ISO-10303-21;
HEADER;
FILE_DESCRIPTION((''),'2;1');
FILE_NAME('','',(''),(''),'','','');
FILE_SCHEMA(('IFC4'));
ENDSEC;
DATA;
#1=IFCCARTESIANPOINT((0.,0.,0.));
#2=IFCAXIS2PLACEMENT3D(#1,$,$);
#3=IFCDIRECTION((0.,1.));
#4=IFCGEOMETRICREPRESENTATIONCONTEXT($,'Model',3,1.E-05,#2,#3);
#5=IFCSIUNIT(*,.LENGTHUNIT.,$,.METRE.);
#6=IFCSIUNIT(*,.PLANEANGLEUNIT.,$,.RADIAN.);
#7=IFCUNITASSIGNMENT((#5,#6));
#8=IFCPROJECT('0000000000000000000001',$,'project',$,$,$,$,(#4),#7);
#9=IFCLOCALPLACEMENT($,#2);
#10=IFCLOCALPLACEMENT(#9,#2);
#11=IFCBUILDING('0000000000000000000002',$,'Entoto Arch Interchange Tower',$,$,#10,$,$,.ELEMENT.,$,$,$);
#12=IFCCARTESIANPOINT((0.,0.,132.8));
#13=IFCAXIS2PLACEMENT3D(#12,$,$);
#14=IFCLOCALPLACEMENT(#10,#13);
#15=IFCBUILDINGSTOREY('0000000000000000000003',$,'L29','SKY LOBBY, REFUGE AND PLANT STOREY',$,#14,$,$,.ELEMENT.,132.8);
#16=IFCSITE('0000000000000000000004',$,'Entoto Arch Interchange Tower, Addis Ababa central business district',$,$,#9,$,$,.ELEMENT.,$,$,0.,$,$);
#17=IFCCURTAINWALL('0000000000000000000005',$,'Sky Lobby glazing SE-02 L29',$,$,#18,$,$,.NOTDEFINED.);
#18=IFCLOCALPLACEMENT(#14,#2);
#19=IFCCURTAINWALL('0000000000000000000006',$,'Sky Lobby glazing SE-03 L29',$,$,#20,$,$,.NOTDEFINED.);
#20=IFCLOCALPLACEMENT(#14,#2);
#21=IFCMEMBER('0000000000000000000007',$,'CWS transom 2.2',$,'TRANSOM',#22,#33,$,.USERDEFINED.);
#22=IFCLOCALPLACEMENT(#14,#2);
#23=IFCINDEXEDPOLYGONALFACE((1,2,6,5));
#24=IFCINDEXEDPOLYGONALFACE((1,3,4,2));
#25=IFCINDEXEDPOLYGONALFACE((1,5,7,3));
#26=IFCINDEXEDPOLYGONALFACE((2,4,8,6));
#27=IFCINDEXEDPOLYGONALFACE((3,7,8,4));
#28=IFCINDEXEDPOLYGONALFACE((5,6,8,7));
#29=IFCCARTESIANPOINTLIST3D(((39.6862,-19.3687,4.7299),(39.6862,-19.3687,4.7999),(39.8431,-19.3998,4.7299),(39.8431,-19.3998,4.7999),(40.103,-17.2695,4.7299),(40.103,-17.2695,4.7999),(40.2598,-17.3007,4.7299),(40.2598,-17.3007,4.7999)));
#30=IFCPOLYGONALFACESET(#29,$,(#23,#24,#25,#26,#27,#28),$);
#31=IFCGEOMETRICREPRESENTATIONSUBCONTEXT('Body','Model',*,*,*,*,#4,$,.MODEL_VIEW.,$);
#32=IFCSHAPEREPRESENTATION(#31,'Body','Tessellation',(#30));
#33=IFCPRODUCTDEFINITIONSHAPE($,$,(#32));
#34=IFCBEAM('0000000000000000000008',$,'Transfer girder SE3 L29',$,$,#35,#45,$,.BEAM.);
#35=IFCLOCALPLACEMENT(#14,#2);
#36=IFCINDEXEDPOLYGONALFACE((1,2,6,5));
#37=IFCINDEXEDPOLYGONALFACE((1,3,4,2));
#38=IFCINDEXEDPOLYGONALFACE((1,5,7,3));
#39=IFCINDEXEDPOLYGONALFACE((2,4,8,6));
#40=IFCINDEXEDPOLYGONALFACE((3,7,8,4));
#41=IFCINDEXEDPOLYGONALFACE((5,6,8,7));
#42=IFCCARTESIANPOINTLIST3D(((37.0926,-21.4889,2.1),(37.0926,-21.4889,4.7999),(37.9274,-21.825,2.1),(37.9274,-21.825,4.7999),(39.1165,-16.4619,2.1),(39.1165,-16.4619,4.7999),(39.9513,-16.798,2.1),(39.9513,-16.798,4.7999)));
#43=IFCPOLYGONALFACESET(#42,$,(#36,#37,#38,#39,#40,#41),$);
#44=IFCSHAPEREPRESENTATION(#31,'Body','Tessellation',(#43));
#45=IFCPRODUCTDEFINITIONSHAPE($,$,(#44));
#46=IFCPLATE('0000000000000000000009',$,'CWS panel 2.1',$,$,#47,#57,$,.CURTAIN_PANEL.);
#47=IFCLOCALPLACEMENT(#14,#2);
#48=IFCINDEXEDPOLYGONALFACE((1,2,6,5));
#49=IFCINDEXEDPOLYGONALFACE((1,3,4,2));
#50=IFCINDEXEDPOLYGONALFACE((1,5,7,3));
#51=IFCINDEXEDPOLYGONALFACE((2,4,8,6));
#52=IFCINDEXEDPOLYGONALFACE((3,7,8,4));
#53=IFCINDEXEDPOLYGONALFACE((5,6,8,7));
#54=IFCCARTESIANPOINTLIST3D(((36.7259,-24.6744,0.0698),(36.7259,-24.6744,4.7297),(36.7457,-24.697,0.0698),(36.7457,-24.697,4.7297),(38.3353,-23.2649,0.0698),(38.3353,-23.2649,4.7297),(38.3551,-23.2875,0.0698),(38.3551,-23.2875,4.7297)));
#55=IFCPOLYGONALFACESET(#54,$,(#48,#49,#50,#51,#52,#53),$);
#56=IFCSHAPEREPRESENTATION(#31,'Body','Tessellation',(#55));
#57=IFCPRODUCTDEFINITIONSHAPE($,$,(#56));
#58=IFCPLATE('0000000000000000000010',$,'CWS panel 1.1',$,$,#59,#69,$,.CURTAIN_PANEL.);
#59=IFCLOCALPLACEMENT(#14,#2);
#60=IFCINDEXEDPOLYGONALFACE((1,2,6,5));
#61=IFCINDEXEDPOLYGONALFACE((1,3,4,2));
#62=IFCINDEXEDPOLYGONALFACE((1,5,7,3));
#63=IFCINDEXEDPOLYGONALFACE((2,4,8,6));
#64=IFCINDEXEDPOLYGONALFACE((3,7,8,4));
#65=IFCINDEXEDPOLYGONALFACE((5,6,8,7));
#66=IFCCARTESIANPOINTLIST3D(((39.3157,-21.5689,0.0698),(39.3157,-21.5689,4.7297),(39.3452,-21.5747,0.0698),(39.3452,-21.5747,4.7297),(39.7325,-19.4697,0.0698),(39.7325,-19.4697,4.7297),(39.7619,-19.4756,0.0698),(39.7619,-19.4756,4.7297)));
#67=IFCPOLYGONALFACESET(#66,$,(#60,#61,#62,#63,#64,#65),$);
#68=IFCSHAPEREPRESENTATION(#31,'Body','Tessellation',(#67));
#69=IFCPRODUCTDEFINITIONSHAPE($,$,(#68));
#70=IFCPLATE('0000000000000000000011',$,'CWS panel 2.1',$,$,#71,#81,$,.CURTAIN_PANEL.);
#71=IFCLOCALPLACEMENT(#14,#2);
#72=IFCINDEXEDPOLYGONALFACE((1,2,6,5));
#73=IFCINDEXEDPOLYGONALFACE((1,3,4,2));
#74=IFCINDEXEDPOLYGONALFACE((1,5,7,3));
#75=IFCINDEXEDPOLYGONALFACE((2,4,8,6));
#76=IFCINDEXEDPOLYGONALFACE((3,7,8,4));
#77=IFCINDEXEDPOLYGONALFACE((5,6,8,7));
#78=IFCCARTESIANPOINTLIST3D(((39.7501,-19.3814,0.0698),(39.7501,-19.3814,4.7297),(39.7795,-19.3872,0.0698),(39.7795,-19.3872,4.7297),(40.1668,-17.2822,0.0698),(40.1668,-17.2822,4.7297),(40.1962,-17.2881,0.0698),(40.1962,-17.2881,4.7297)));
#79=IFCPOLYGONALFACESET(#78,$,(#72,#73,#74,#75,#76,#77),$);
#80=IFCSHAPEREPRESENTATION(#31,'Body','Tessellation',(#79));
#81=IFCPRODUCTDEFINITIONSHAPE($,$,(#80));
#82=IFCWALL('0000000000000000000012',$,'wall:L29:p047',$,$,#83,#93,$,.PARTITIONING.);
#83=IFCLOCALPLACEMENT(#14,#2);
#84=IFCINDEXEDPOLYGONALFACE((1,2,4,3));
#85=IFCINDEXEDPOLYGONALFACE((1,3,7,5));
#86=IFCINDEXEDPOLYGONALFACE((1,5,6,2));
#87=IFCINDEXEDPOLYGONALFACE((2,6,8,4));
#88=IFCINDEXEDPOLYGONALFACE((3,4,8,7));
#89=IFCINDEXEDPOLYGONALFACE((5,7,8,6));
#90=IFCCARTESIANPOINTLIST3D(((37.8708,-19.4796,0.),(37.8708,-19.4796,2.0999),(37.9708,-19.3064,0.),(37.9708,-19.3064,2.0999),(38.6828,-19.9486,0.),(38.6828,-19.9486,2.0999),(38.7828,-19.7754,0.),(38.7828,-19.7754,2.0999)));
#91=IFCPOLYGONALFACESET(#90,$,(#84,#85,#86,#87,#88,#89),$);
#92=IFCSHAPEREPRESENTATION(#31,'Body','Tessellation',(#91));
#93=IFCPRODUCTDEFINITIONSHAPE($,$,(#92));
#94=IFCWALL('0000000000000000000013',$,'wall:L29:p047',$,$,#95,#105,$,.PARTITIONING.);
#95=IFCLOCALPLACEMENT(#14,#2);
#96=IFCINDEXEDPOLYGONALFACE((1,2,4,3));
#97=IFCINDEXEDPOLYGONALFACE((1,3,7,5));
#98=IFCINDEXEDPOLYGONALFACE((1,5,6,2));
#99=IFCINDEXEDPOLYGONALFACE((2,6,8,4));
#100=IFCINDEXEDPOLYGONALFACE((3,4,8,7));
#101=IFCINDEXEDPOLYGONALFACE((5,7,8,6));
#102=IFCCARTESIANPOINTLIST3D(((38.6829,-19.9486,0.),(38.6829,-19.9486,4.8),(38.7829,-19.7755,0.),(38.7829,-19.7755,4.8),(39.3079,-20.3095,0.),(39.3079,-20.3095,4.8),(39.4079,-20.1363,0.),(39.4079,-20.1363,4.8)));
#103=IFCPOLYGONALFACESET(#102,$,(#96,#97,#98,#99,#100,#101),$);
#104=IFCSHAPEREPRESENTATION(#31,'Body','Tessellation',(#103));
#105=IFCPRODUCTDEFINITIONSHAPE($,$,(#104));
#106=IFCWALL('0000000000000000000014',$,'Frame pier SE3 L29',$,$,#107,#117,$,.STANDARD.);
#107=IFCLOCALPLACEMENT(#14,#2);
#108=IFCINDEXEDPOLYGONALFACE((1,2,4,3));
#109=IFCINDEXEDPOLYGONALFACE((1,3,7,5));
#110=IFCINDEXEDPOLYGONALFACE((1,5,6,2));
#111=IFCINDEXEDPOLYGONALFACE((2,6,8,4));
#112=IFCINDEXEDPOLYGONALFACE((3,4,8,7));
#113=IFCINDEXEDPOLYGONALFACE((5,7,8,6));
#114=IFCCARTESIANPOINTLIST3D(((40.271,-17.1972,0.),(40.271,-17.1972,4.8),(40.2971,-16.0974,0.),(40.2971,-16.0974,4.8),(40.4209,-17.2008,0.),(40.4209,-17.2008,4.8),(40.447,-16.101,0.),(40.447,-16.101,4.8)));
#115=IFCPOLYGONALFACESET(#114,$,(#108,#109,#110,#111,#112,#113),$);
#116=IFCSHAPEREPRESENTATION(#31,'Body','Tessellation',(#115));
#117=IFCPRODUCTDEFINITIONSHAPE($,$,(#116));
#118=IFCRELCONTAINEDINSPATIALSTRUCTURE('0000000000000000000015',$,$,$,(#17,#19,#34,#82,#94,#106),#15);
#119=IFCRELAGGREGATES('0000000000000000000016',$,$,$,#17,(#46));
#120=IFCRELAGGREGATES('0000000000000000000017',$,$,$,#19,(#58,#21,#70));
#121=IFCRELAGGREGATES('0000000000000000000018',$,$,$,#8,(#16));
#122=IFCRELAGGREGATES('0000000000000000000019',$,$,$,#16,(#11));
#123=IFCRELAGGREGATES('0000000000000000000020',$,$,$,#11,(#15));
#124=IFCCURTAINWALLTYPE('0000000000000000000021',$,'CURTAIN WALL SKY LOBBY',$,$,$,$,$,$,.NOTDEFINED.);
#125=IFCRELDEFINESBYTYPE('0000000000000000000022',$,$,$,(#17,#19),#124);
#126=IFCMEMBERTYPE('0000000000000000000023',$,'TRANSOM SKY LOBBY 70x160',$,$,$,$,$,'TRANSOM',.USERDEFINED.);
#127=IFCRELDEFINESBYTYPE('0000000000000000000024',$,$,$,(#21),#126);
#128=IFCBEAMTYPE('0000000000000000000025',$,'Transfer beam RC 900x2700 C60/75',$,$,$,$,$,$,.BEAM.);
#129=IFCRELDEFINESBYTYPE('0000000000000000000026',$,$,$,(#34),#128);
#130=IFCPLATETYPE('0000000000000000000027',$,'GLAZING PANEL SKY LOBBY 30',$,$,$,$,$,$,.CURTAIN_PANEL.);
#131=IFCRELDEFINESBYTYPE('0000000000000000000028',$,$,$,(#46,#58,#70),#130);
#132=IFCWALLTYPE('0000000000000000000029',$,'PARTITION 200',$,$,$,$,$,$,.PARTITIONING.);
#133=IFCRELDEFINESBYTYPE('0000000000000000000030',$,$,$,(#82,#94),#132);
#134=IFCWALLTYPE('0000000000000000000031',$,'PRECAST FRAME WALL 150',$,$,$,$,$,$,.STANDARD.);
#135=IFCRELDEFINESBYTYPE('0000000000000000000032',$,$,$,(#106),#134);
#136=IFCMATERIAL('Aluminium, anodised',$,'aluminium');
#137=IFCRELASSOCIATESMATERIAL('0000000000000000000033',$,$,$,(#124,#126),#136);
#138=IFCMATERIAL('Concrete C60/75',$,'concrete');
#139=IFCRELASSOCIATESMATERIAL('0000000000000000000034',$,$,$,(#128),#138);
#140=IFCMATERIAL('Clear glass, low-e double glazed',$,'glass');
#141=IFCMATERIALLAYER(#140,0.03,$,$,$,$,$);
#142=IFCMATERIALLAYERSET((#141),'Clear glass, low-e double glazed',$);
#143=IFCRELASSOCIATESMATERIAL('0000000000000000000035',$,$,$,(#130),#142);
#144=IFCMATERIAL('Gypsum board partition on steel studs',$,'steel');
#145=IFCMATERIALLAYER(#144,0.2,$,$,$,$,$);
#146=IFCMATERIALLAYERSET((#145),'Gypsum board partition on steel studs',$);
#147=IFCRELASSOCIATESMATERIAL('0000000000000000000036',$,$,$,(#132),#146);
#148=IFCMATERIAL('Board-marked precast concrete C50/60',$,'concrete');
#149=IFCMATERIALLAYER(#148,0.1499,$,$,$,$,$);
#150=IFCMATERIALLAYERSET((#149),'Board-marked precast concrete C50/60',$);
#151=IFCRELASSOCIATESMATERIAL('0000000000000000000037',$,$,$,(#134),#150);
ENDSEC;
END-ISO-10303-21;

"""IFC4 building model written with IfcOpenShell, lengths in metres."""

from ifc_helpers import new_model, si_unit, direction, frame, frame_2d, origin, origin_2d, place, context, subcontext, project, spatial, rectangle, extrude, material, layer, layer_set, material_profile, profile_set, type_object, element, aggregate, save


model = new_model("IFC4")

# Units and contexts
model_context = context("Model", 3, precision=1e-05, world=origin(), true_north=direction((0.0, 1.0)))
body_context = subcontext(model_context, "Body", "Model", "MODEL_VIEW")
ifc_project = project(units=[si_unit("LENGTHUNIT", "METRE"), si_unit("PLANEANGLEUNIT", "RADIAN")], contexts=[model_context])

# Site, building, storey
site_placement = place(None, origin())
site = spatial("IfcSite", under=ifc_project, at=site_placement, Name="Entoto Arch Interchange Tower, Addis Ababa central business district", CompositionType="ELEMENT", RefElevation=0.0)
building_placement = place(site_placement, origin())
building = spatial("IfcBuilding", under=site, at=building_placement, Name="Entoto Arch Interchange Tower", CompositionType="ELEMENT")
storey_placement = place(building_placement, frame((0.0, 0.0, 132.8)))
storey = spatial("IfcBuildingStorey", under=building, at=storey_placement, Name="L29", Description="SKY LOBBY, REFUGE AND PLANT STOREY", CompositionType="ELEMENT", Elevation=132.8)

# Shared definitions
ifc_material_1 = material(Name="Concrete C60/75", Category="concrete")

# Curtain wall
ifc_material_2 = material(Name="Aluminium, anodised", Category="aluminium")
curtain_wall_type = type_object("IfcCurtainWallType", Name="CURTAIN WALL SKY LOBBY", PredefinedType="NOTDEFINED", material=ifc_material_2)
curtain_wall_1_placement = place(storey_placement, origin())
curtain_wall_1 = element("IfcCurtainWall", 1, at=curtain_wall_1_placement, inside=storey, type_object=curtain_wall_type, Name="Sky Lobby glazing SE-02 L29", PredefinedType="NOTDEFINED")

# Curtain wall
curtain_wall_2_placement = place(storey_placement, origin())
curtain_wall_2 = element("IfcCurtainWall", 2, at=curtain_wall_2_placement, inside=storey, type_object=curtain_wall_type, Name="Sky Lobby glazing SE-03 L29", PredefinedType="NOTDEFINED")

# Member
ifc_material_profile_1 = material_profile(ifc_material_2, rectangle(XDim=0.1599, YDim=0.0701, at=origin_2d()))
ifc_profile_set_1 = profile_set([ifc_material_profile_1], Name="Aluminium, anodised")
member_type_1 = type_object("IfcMemberType", Name="TRANSOM SKY LOBBY 70x160", ElementType="TRANSOM", PredefinedType="USERDEFINED", material=ifc_profile_set_1)
member_1_placement = place(storey_placement, frame((39.7646, -19.3843, 4.7649), z_axis=(0.194734, 0.980856, 0.0), x_axis=(-0.980856, 0.194734, 0.0)))
member_1 = element("IfcMember", 3, at=member_1_placement, type_object=member_type_1, Name="CWS transom 2.2", ObjectType="TRANSOM", PredefinedType="USERDEFINED", context=body_context, shape_type="SweptSolid", body=[
    extrude(rectangle(XDim=0.1599, YDim=0.0701, at=origin_2d()), origin(), (0.0, 0.0, 1.0), 2.1401),
])

# Beam
ifc_material_profile_2 = material_profile(ifc_material_1, rectangle(XDim=0.8999, YDim=2.7, at=origin_2d()))
ifc_profile_set_2 = profile_set([ifc_material_profile_2], Name="Concrete C60/75")
beam_type = type_object("IfcBeamType", Name="Transfer beam RC 900x2700 C60/75", PredefinedType="BEAM", material=ifc_profile_set_2)
beam_placement = place(storey_placement, frame((37.51, -21.657, 3.45), z_axis=(0.373471, 0.927642, 0.0), x_axis=(-0.927642, 0.373471, 0.0)))
element("IfcBeam", 4, at=beam_placement, inside=storey, type_object=beam_type, Name="Transfer girder SE3 L29", PredefinedType="BEAM", context=body_context, shape_type="SweptSolid", body=[
    extrude(rectangle(XDim=0.8999, YDim=2.7, at=origin_2d()), origin(), (0.0, 0.0, 1.0), 5.4192),
])

# Plates
ifc_material_3 = material(Name="Clear glass, low-e double glazed", Category="glass")
ifc_layer_1 = layer(ifc_material_3, 0.03)
ifc_layer_set_1 = layer_set([ifc_layer_1], Name="Clear glass, low-e double glazed")
plate_type = type_object("IfcPlateType", Name="GLAZING PANEL SKY LOBBY 30", PredefinedType="CURTAIN_PANEL", material=ifc_layer_set_1)
plate_1_placement = place(storey_placement, frame((37.5405, -23.981, 0.0698), z_axis=(0.0, 0.0, 1.0), x_axis=(0.752277, 0.658847, 0.0)))
plate_1 = element("IfcPlate", 5, at=plate_1_placement, type_object=plate_type, Name="CWS panel 2.1", PredefinedType="CURTAIN_PANEL", context=body_context, shape_type="SweptSolid", body=[
    extrude(rectangle(XDim=2.1394, YDim=0.03, at=origin_2d()), origin(), (0.0, 0.0, 1.0), 4.6599),
])
aggregate(curtain_wall_1, [plate_1])
plate_2_placement = place(storey_placement, frame((39.5388, -20.5222, 0.0698), z_axis=(0.0, 0.0, 1.0), x_axis=(0.194721, 0.980859, 0.0)))
plate_2 = element("IfcPlate", 6, at=plate_2_placement, type_object=plate_type, Name="CWS panel 1.1", PredefinedType="CURTAIN_PANEL", context=body_context, shape_type="SweptSolid", body=[
    extrude(rectangle(XDim=2.1401, YDim=0.03, at=origin_2d()), origin(), (0.0, 0.0, 1.0), 4.6599),
])
plate_3_placement = place(storey_placement, frame((39.9731, -18.3347, 0.0698), z_axis=(0.0, 0.0, 1.0), x_axis=(0.194721, 0.980859, 0.0)))
plate_3 = element("IfcPlate", 7, at=plate_3_placement, type_object=plate_type, Name="CWS panel 2.1", PredefinedType="CURTAIN_PANEL", context=body_context, shape_type="SweptSolid", body=[
    extrude(rectangle(XDim=2.1401, YDim=0.03, at=origin_2d()), origin(), (0.0, 0.0, 1.0), 4.6599),
])
aggregate(curtain_wall_2, [plate_2, member_1, plate_3])

# Walls
ifc_material_4 = material(Name="Gypsum board partition on steel studs", Category="steel")
ifc_layer_2 = layer(ifc_material_4, 0.2)
ifc_layer_set_2 = layer_set([ifc_layer_2], Name="Gypsum board partition on steel studs")
wall_type_1 = type_object("IfcWallType", Name="PARTITION 200", PredefinedType="PARTITIONING", material=ifc_layer_set_2)
wall_1_placement = place(storey_placement, frame((37.9209, -19.3931, 0.0), z_axis=(0.0, 0.0, 1.0), x_axis=(0.865943, -0.500143, 0.0)))
element("IfcWall", 8, at=wall_1_placement, inside=storey, type_object=wall_type_1, Name="wall:L29:p047", PredefinedType="PARTITIONING", context=body_context, shape_type="SweptSolid", body=[
    extrude(rectangle(XDim=0.9377, YDim=0.2, at=frame_2d((0.4688, 0.0))), origin(), (0.0, 0.0, 1.0), 2.0999),
])
wall_2_placement = place(storey_placement, frame((38.7329, -19.8621, 0.0), z_axis=(0.0, 0.0, 1.0), x_axis=(0.866028, -0.499996, 0.0)))
element("IfcWall", 9, at=wall_2_placement, inside=storey, type_object=wall_type_1, Name="wall:L29:p047", PredefinedType="PARTITIONING", context=body_context, shape_type="SweptSolid", body=[
    extrude(rectangle(XDim=0.7217, YDim=0.2, at=frame_2d((0.3608, 0.0))), origin(), (0.0, 0.0, 1.0), 4.8),
])
ifc_material_5 = material(Name="Board-marked precast concrete C50/60", Category="concrete")
ifc_layer_3 = layer(ifc_material_5, 0.1499)
ifc_layer_set_3 = layer_set([ifc_layer_3], Name="Board-marked precast concrete C50/60")
wall_type_2 = type_object("IfcWallType", Name="PRECAST FRAME WALL 150", PredefinedType="STANDARD", material=ifc_layer_set_3)
wall_3_placement = place(storey_placement, frame((40.3459, -17.199, 0.0), z_axis=(0.0, 0.0, 1.0), x_axis=(0.023745, 0.999718, 0.0)))
element("IfcWall", 10, at=wall_3_placement, inside=storey, type_object=wall_type_2, Name="Frame pier SE3 L29", PredefinedType="STANDARD", context=body_context, shape_type="SweptSolid", body=[
    extrude(rectangle(XDim=1.1001, YDim=0.1499, at=frame_2d((0.55, 0.0))), origin(), (0.0, 0.0, 1.0), 4.8),
])

save(model, "model.ifc")
